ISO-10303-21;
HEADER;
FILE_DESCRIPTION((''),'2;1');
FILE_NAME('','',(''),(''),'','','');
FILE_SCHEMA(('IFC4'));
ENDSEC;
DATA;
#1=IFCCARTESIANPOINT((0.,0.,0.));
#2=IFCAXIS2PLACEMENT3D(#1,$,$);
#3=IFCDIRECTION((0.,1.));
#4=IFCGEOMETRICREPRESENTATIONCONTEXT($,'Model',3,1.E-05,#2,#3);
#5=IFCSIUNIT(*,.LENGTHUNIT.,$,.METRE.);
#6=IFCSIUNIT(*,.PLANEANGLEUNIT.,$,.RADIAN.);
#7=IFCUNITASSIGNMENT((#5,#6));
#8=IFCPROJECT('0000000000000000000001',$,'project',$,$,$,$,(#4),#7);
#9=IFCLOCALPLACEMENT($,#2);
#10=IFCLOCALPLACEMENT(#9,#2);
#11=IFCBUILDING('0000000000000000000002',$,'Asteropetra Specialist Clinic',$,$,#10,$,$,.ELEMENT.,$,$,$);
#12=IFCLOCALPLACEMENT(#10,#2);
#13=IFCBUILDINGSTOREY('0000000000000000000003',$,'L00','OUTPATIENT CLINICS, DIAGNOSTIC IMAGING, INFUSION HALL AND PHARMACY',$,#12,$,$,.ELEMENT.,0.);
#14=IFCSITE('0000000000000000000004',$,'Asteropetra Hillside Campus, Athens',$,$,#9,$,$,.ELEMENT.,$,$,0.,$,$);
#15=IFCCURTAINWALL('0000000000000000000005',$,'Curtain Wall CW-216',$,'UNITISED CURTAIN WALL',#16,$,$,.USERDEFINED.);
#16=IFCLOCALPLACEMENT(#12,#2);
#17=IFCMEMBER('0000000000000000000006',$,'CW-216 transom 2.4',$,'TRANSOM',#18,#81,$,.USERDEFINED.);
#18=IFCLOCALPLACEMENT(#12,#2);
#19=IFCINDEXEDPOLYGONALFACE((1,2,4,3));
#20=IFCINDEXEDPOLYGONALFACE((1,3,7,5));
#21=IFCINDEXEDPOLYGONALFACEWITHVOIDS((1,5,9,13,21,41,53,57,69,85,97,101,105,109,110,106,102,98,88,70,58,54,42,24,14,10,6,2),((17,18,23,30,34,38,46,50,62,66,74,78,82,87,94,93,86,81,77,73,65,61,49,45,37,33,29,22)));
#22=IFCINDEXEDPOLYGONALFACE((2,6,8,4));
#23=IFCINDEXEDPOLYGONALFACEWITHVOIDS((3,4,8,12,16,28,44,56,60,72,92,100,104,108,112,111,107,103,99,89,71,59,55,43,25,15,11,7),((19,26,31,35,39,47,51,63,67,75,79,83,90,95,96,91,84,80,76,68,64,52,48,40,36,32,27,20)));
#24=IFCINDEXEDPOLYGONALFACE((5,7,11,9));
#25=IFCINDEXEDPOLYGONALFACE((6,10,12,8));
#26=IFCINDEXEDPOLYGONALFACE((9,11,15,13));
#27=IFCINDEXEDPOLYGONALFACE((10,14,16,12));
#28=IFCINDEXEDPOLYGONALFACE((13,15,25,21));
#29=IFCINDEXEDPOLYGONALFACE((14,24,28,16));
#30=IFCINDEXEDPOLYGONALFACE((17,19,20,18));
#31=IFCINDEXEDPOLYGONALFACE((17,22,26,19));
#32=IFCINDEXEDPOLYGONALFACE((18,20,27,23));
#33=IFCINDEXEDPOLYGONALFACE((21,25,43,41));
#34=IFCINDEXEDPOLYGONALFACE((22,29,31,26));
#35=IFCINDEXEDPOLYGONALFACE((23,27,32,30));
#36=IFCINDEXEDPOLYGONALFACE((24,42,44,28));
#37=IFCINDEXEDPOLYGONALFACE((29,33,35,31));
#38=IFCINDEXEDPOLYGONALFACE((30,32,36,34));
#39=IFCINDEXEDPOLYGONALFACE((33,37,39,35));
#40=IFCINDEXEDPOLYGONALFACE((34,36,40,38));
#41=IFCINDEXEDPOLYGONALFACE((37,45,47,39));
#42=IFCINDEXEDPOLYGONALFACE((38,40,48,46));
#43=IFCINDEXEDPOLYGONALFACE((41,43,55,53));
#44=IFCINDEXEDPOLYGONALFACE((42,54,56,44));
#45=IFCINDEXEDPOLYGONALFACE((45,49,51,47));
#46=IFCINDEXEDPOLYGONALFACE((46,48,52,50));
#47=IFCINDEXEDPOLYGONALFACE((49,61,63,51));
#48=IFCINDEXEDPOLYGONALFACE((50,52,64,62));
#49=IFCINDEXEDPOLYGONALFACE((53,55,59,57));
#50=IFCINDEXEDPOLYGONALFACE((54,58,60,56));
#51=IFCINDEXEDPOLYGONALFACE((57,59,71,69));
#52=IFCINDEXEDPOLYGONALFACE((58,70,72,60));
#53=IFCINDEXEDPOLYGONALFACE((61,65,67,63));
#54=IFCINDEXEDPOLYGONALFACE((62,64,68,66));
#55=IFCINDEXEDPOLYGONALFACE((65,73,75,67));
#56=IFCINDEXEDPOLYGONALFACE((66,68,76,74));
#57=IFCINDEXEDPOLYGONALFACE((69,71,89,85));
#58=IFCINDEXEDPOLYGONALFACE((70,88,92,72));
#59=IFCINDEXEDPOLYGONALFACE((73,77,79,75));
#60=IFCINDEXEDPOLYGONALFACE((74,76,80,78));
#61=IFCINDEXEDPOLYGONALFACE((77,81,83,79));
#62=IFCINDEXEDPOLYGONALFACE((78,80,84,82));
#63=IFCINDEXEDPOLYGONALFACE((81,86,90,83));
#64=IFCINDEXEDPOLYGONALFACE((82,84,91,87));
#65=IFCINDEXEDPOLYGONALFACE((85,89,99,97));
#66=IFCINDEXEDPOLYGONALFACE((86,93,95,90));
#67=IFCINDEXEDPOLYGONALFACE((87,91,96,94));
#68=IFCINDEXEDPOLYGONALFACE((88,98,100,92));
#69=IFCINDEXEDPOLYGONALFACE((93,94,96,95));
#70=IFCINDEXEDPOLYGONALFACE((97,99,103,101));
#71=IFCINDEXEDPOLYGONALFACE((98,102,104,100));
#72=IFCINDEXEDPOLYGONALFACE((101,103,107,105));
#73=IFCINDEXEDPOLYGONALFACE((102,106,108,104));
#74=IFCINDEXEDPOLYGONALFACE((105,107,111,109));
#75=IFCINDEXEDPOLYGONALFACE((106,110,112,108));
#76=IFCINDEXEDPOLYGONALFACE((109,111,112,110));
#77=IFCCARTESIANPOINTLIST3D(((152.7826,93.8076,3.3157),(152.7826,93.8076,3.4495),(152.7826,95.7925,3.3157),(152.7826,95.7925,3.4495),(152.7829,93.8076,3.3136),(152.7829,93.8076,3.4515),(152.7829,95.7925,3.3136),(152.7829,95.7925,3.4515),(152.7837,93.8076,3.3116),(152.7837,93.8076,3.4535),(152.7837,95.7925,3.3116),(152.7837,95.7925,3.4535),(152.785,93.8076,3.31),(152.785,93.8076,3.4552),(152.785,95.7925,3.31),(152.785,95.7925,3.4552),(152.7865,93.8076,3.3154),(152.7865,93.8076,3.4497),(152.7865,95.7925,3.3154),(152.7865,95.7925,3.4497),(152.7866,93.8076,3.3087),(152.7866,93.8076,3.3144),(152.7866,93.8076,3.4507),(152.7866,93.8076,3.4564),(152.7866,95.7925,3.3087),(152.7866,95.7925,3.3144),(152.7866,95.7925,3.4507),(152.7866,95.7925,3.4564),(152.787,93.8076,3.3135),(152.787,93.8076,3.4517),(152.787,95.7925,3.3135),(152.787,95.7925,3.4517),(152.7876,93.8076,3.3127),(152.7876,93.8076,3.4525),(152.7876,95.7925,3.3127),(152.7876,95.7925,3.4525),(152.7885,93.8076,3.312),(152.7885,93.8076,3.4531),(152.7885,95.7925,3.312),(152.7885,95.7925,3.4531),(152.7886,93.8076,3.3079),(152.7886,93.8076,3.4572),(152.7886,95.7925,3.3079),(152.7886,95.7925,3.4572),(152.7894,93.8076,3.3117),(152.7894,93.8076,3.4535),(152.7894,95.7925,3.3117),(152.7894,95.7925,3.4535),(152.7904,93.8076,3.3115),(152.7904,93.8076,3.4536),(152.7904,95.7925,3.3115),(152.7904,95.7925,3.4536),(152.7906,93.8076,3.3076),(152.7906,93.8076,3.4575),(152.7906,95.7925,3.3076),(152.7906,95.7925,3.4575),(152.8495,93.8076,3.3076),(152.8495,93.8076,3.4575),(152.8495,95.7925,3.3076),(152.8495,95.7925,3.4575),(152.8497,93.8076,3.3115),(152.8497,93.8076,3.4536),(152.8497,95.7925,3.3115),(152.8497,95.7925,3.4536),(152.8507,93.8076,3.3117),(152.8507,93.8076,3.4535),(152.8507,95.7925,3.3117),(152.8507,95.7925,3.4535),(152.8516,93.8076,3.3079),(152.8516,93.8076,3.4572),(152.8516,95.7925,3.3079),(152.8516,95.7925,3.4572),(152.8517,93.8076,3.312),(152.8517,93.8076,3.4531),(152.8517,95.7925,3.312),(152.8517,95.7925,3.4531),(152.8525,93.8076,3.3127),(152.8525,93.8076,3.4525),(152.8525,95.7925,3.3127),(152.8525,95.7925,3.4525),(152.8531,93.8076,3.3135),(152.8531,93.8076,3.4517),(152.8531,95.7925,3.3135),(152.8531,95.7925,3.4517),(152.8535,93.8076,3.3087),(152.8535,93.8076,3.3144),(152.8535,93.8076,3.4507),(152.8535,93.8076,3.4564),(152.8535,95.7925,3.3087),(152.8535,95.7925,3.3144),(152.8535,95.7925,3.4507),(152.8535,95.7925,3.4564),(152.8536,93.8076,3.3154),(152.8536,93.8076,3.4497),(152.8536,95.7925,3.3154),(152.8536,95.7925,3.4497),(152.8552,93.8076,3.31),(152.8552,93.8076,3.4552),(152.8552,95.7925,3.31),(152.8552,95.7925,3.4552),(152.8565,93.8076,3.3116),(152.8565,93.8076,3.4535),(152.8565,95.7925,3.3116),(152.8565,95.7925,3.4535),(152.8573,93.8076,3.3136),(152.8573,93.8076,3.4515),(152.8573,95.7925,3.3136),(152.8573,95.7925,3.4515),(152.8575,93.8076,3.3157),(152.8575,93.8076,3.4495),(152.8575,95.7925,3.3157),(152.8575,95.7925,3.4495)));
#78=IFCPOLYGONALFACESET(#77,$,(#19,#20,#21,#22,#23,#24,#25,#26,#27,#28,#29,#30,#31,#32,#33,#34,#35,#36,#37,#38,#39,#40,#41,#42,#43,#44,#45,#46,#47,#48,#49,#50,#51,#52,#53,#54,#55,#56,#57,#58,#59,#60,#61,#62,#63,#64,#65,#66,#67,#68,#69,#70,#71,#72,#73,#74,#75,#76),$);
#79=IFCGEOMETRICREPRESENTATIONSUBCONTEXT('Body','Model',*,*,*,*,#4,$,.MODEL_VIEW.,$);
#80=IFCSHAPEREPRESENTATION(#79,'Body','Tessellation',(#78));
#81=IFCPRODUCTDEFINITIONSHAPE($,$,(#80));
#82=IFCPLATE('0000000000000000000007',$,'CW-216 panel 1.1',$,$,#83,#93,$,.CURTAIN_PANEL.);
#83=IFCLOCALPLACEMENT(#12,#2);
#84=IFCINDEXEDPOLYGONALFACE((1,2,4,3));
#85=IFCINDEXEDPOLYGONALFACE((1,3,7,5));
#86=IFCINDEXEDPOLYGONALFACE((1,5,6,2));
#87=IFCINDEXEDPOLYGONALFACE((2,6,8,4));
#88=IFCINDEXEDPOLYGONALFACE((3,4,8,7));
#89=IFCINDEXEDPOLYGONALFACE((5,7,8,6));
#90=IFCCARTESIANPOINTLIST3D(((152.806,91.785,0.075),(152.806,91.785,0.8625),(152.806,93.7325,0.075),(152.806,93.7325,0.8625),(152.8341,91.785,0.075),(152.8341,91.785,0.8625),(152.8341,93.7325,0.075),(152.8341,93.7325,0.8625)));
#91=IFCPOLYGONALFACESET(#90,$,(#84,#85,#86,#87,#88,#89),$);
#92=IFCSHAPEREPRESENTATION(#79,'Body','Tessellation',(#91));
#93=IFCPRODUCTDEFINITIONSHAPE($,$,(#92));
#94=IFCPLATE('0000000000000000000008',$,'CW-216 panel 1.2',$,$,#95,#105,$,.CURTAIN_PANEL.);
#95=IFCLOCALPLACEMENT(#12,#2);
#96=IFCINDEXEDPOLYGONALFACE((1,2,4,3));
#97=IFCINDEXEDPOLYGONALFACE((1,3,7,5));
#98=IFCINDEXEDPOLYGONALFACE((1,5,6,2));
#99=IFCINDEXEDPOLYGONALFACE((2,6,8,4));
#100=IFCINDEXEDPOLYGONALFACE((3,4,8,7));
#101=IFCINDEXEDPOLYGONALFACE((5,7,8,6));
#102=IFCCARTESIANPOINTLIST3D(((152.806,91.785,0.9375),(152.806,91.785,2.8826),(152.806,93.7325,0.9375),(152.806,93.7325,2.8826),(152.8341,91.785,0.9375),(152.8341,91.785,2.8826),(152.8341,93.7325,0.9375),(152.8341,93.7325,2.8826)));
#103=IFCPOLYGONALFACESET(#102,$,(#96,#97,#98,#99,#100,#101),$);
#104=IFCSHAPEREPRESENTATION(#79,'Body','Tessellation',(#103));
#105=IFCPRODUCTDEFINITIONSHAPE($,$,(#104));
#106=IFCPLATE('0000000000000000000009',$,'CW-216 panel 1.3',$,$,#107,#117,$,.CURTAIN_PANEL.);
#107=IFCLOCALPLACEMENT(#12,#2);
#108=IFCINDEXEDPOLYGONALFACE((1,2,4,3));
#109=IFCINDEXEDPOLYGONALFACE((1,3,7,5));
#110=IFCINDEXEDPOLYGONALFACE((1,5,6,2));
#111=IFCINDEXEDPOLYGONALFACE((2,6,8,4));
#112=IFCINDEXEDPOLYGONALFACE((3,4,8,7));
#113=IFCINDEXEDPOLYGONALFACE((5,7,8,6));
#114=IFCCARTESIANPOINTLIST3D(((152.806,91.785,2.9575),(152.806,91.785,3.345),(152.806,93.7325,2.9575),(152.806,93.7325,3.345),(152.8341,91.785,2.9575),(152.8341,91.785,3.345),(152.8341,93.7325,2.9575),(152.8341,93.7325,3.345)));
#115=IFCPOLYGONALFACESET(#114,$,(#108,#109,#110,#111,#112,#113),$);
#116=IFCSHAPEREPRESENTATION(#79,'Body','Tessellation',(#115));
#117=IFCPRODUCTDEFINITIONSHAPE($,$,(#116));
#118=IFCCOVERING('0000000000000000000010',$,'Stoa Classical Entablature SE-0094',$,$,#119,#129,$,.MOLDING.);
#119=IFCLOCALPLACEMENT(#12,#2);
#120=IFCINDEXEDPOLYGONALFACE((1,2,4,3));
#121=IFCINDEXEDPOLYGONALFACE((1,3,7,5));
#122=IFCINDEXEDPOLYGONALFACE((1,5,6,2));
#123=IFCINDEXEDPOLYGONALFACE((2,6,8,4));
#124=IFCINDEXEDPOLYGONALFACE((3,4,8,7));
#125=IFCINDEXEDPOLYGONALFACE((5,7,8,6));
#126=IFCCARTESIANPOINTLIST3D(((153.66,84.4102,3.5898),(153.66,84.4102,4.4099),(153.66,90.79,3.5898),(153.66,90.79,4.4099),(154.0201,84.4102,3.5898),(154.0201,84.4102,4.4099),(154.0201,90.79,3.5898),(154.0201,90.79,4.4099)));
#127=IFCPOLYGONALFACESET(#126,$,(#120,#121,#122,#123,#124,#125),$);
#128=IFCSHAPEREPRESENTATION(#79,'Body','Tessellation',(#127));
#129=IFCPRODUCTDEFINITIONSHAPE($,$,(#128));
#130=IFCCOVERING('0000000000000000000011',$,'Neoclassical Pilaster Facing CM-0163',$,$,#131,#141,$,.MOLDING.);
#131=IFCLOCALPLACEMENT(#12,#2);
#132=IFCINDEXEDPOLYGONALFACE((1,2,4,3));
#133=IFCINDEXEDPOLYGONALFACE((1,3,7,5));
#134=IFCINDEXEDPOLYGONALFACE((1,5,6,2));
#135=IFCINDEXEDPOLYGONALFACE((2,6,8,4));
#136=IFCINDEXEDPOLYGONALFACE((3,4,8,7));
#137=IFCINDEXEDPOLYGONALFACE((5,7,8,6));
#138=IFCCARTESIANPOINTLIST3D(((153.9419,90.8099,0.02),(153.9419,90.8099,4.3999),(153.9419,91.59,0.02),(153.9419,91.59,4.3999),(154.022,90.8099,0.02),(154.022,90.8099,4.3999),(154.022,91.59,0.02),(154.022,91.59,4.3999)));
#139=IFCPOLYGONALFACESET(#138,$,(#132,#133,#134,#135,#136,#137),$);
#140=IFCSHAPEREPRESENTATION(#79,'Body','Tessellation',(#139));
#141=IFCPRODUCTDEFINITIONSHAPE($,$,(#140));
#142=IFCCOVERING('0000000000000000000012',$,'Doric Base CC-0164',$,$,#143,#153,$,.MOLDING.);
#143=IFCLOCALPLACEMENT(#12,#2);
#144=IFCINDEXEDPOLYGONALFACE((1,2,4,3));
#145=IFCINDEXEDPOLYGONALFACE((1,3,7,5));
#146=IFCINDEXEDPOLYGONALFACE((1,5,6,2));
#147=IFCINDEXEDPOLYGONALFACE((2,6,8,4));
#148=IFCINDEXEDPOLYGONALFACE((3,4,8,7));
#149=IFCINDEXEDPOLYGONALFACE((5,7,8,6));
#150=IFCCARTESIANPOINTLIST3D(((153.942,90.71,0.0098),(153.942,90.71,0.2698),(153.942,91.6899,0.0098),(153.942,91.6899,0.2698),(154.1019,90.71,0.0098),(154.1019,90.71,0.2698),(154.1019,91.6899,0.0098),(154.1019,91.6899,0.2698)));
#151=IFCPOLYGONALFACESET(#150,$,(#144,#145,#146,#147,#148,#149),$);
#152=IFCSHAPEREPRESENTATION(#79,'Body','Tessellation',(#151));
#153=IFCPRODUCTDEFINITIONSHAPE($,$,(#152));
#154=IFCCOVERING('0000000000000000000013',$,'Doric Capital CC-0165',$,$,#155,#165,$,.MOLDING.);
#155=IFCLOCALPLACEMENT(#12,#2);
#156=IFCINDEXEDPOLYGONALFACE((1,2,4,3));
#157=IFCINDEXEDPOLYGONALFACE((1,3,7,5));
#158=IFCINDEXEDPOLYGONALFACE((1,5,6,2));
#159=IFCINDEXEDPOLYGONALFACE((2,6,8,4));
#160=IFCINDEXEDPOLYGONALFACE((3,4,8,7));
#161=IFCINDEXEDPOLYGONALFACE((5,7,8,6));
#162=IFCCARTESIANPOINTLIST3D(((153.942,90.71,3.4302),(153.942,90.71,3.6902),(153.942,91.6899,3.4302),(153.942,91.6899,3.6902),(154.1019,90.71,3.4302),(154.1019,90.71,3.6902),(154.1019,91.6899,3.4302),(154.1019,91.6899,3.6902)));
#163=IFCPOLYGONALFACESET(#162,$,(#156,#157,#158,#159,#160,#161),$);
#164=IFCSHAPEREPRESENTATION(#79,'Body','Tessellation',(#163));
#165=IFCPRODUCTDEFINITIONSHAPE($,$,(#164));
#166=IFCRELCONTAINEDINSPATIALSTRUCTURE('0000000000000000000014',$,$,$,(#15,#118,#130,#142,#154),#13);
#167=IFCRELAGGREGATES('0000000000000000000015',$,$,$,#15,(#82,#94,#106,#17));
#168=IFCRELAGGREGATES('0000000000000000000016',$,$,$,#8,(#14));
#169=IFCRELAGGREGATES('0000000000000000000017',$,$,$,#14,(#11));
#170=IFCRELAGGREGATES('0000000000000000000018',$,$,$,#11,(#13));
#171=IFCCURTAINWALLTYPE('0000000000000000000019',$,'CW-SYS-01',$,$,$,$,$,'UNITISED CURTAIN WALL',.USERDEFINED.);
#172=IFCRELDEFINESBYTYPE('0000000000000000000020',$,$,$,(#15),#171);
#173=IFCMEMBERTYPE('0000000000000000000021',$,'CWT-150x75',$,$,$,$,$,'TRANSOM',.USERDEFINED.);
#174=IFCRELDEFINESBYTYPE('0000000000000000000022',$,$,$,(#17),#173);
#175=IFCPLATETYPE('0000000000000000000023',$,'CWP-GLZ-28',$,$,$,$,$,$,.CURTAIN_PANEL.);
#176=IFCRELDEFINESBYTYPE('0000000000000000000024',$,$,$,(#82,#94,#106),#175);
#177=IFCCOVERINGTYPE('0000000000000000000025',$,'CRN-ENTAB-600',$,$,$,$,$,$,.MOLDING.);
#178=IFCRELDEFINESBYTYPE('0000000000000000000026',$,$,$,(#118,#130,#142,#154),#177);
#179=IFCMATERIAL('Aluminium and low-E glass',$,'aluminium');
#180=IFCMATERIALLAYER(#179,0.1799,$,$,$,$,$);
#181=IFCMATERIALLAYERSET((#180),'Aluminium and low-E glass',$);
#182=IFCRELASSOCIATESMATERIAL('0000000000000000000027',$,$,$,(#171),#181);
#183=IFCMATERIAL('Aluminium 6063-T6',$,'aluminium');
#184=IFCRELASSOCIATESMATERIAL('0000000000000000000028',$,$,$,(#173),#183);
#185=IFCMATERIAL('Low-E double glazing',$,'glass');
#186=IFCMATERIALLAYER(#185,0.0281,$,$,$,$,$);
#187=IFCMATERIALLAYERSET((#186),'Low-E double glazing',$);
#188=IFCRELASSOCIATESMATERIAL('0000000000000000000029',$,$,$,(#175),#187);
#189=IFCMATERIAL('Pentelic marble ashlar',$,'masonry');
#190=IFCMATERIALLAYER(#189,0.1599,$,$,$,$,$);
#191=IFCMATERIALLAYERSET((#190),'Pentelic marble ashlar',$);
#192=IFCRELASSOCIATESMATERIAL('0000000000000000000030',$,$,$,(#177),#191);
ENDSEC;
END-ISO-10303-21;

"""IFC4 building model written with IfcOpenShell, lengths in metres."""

from ifc_helpers import new_model, si_unit, direction, frame, origin, origin_2d, place, context, subcontext, project, spatial, rectangle, hollow_rectangle, extrude, material, layer, layer_set, material_profile, profile_set, type_object, element, aggregate, save


model = new_model("IFC4")

# Units and contexts
model_context = context("Model", 3, precision=1e-05, world=origin(), true_north=direction((0.0, 1.0)))
body_context = subcontext(model_context, "Body", "Model", "MODEL_VIEW")
ifc_project = project(units=[si_unit("LENGTHUNIT", "METRE"), si_unit("PLANEANGLEUNIT", "RADIAN")], contexts=[model_context])

# Site, building, storey
site_placement = place(None, origin())
site = spatial("IfcSite", under=ifc_project, at=site_placement, Name="Asteropetra Hillside Campus, Athens", CompositionType="ELEMENT", RefElevation=0.0)
building_placement = place(site_placement, origin())
building = spatial("IfcBuilding", under=site, at=building_placement, Name="Asteropetra Specialist Clinic", CompositionType="ELEMENT")
storey_placement = place(building_placement, origin())
storey = spatial("IfcBuildingStorey", under=building, at=storey_placement, Name="L00", Description="OUTPATIENT CLINICS, DIAGNOSTIC IMAGING, INFUSION HALL AND PHARMACY", CompositionType="ELEMENT", Elevation=0.0)

# Curtain wall, member, plates
ifc_material_1 = material(Name="Aluminium and low-E glass", Category="aluminium")
ifc_layer_1 = layer(ifc_material_1, 0.1799)
ifc_layer_set_1 = layer_set([ifc_layer_1], Name="Aluminium and low-E glass")
curtain_wall_type = type_object("IfcCurtainWallType", Name="CW-SYS-01", ElementType="UNITISED CURTAIN WALL", PredefinedType="USERDEFINED", material=ifc_layer_set_1)
curtain_wall_placement = place(storey_placement, origin())
curtain_wall = element("IfcCurtainWall", 1, at=curtain_wall_placement, inside=storey, type_object=curtain_wall_type, Name="Curtain Wall CW-216", ObjectType="UNITISED CURTAIN WALL", PredefinedType="USERDEFINED")
ifc_material_2 = material(Name="Aluminium 6063-T6", Category="aluminium")
ifc_material_profile_1 = material_profile(ifc_material_2, hollow_rectangle(XDim=0.075, YDim=0.1499, WallThickness=0.0039, InnerFilletRadius=0.0039, OuterFilletRadius=0.0081, at=origin_2d()), Name="TRN 150x75x4.0")
ifc_profile_set_1 = profile_set([ifc_material_profile_1], Name="Aluminium 6063-T6")
member_type_1 = type_object("IfcMemberType", Name="CWT-150x75", ElementType="TRANSOM", PredefinedType="USERDEFINED", material=ifc_profile_set_1)
member_1_placement = place(storey_placement, frame((152.8201, 93.8076, 3.3826), z_axis=(0.0, 1.0, 0.0), x_axis=(-1.0, 0.0, 0.0)))
member_1 = element("IfcMember", 2, at=member_1_placement, type_object=member_type_1, Name="CW-216 transom 2.4", ObjectType="TRANSOM", PredefinedType="USERDEFINED", context=body_context, shape_type="SweptSolid", body=[
    extrude(hollow_rectangle(XDim=0.075, YDim=0.1499, WallThickness=0.0039, InnerFilletRadius=0.0039, OuterFilletRadius=0.0081, at=origin_2d()), origin(), (0.0, 0.0, 1.0), 1.9849),
])
ifc_material_3 = material(Name="Low-E double glazing", Category="glass")
ifc_layer_2 = layer(ifc_material_3, 0.0281)
ifc_layer_set_2 = layer_set([ifc_layer_2], Name="Low-E double glazing")
plate_type = type_object("IfcPlateType", Name="CWP-GLZ-28", PredefinedType="CURTAIN_PANEL", material=ifc_layer_set_2)
plate_1_placement = place(storey_placement, frame((152.8201, 92.7588, 0.075), z_axis=(0.0, 0.0, 1.0), x_axis=(0.0, 1.0, 0.0)))
plate_1 = element("IfcPlate", 3, at=plate_1_placement, type_object=plate_type, Name="CW-216 panel 1.1", PredefinedType="CURTAIN_PANEL", context=body_context, shape_type="SweptSolid", body=[
    extrude(rectangle(XDim=1.9475, YDim=0.0281, at=origin_2d()), origin(), (0.0, 0.0, 1.0), 0.7876),
])
plate_2_placement = place(storey_placement, frame((152.8201, 92.7588, 0.9375), z_axis=(0.0, 0.0, 1.0), x_axis=(0.0, 1.0, 0.0)))
plate_2 = element("IfcPlate", 4, at=plate_2_placement, type_object=plate_type, Name="CW-216 panel 1.2", PredefinedType="CURTAIN_PANEL", context=body_context, shape_type="SweptSolid", body=[
    extrude(rectangle(XDim=1.9475, YDim=0.0281, at=origin_2d()), origin(), (0.0, 0.0, 1.0), 1.9451),
])
plate_3_placement = place(storey_placement, frame((152.8201, 92.7588, 2.9575), z_axis=(0.0, 0.0, 1.0), x_axis=(0.0, 1.0, 0.0)))
plate_3 = element("IfcPlate", 5, at=plate_3_placement, type_object=plate_type, Name="CW-216 panel 1.3", PredefinedType="CURTAIN_PANEL", context=body_context, shape_type="SweptSolid", body=[
    extrude(rectangle(XDim=1.9475, YDim=0.0281, at=origin_2d()), origin(), (0.0, 0.0, 1.0), 0.3875),
])
aggregate(curtain_wall, [plate_1, plate_2, plate_3, member_1])

# Coverings
ifc_material_4 = material(Name="Pentelic marble ashlar", Category="masonry")
ifc_layer_3 = layer(ifc_material_4, 0.1599)
ifc_layer_set_3 = layer_set([ifc_layer_3], Name="Pentelic marble ashlar")
covering_type = type_object("IfcCoveringType", Name="CRN-ENTAB-600", PredefinedType="MOLDING", material=ifc_layer_set_3)
covering_1_placement = place(storey_placement, frame((153.8401, 87.6001, 3.5898), z_axis=(0.0, 0.0, 1.0), x_axis=(1.0, 0.0, 0.0)))
element("IfcCovering", 6, at=covering_1_placement, inside=storey, type_object=covering_type, Name="Stoa Classical Entablature SE-0094", PredefinedType="MOLDING", context=body_context, shape_type="SweptSolid", body=[
    extrude(rectangle(XDim=0.3601, YDim=6.3799, at=origin_2d()), origin(), (0.0, 0.0, 1.0), 0.8201),
])
covering_2_placement = place(storey_placement, frame((153.9819, 91.2, 0.02), z_axis=(0.0, 0.0, 1.0), x_axis=(1.0, 0.0, 0.0)))
element("IfcCovering", 7, at=covering_2_placement, inside=storey, type_object=covering_type, Name="Neoclassical Pilaster Facing CM-0163", PredefinedType="MOLDING", context=body_context, shape_type="SweptSolid", body=[
    extrude(rectangle(XDim=0.0801, YDim=0.78, at=origin_2d()), origin(), (0.0, 0.0, 1.0), 4.3799),
])
for number, where, z_axis, x_axis, name in (
    (8, (154.022, 91.2, 0.0098), (0.0, 0.0, 1.0), (1.0, 0.0, 0.0), "Doric Base CC-0164"),
    (9, (154.022, 91.2, 3.4302), (0.0, 0.0, 1.0), (1.0, 0.0, 0.0), "Doric Capital CC-0165"),
):
    element("IfcCovering", number, at=place(storey_placement, frame(where, z_axis=z_axis, x_axis=x_axis)), inside=storey, type_object=covering_type, Name=name, PredefinedType="MOLDING", context=body_context, shape_type="SweptSolid", body=[
        extrude(rectangle(XDim=0.1599, YDim=0.98, at=origin_2d()), origin(), (0.0, 0.0, 1.0), 0.26),
    ])

save(model, "model.ifc")
